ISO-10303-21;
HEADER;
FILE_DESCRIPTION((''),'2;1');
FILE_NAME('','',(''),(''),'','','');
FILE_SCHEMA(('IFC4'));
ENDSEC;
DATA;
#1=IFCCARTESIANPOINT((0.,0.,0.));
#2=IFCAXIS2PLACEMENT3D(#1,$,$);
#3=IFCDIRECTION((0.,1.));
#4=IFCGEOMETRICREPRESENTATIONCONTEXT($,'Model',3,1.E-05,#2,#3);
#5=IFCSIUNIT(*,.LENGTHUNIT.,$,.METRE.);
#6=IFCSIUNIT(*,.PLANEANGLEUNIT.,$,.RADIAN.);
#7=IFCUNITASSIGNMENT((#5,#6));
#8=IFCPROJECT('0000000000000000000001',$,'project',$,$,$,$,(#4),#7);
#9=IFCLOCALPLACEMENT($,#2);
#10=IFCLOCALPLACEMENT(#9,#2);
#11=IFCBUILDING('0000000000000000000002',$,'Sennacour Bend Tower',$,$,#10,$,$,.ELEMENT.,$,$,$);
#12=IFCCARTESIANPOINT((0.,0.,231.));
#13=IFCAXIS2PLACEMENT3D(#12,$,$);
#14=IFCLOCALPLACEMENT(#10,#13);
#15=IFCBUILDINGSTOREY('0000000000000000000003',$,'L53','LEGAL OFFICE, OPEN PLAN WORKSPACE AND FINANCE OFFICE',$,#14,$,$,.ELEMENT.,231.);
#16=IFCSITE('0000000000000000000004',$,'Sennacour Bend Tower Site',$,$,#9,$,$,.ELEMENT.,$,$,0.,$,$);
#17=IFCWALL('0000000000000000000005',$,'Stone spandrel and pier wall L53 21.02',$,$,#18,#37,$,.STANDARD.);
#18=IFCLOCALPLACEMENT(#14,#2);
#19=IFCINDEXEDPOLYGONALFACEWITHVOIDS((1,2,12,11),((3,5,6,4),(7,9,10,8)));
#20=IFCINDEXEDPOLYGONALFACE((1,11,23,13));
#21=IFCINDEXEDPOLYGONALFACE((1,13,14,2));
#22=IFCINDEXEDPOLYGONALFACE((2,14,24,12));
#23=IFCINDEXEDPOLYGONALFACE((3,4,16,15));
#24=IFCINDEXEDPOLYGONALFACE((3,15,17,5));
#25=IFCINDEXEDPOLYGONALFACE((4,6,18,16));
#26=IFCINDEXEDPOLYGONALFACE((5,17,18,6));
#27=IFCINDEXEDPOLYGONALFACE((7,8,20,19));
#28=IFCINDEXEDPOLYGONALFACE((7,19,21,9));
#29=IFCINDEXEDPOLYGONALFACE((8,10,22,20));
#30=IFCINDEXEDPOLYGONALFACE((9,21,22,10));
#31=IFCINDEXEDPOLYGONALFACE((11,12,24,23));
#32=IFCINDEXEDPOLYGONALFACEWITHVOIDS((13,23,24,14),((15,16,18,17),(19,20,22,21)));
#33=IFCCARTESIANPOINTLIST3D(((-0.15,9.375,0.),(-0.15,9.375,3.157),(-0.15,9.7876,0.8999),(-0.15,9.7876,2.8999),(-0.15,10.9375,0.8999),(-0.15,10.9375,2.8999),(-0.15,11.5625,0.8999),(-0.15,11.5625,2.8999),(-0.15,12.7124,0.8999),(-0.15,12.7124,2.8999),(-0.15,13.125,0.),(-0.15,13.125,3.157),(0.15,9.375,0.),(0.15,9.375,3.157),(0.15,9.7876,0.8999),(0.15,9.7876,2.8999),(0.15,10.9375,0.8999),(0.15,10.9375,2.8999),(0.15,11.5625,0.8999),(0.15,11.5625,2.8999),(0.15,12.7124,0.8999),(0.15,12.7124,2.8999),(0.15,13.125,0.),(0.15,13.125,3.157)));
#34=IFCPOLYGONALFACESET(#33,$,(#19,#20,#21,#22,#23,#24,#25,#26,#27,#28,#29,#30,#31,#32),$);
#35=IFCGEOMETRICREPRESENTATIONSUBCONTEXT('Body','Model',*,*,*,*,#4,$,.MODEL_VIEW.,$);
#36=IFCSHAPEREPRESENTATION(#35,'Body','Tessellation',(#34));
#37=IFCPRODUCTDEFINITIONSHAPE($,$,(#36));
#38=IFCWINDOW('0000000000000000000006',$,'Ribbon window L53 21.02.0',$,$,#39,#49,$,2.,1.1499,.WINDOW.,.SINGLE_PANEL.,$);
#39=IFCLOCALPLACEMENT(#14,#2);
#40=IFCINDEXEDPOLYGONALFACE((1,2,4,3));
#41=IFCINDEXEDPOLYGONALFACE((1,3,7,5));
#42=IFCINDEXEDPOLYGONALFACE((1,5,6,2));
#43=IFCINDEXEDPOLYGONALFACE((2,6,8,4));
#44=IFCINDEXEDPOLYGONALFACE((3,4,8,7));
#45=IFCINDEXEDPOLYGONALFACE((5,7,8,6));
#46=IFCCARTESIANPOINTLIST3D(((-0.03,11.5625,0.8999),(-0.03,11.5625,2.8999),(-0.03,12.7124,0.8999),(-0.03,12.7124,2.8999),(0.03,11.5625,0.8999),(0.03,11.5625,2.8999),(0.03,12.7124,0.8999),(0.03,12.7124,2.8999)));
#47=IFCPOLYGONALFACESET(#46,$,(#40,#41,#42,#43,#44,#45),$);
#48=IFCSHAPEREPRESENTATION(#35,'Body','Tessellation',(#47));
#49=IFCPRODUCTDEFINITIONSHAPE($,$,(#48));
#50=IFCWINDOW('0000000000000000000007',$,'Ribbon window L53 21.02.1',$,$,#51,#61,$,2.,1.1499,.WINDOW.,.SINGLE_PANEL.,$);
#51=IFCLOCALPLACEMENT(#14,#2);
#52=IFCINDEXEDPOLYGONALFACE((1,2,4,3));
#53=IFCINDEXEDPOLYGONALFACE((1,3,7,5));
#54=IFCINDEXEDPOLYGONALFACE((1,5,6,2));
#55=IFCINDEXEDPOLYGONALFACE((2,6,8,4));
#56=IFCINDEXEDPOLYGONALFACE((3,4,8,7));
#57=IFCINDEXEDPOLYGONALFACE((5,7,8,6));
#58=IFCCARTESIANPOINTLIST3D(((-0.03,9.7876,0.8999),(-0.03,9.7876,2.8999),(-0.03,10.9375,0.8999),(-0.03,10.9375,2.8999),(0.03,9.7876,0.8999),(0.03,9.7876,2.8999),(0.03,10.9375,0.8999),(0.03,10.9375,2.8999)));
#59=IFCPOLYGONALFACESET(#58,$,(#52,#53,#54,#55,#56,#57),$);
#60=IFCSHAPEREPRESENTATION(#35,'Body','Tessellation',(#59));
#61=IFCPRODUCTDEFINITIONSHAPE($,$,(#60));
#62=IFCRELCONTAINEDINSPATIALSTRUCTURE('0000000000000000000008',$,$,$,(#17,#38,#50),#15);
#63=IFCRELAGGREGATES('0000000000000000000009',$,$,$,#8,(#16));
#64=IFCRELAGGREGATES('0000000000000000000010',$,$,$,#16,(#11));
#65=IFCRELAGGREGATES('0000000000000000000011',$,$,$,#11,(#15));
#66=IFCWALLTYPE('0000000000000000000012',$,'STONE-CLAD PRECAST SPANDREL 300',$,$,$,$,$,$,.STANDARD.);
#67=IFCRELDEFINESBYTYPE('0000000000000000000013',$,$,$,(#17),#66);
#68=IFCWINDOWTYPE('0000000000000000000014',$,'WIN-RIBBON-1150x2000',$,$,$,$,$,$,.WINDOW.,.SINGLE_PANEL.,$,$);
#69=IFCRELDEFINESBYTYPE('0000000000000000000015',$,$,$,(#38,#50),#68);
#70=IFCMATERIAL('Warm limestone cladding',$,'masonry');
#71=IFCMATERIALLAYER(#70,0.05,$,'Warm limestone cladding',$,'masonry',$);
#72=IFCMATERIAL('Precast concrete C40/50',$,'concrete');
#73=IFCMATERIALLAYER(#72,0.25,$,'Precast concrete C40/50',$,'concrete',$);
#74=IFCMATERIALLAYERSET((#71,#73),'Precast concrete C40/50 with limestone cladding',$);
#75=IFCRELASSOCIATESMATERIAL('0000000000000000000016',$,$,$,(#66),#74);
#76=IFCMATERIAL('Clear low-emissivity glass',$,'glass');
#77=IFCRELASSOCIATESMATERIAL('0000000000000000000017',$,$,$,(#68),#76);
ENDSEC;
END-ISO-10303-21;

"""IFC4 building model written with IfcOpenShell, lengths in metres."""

from ifc_helpers import new_model, si_unit, direction, frame, frame_2d, origin, place, context, subcontext, project, spatial, rectangle, extrude, material, layer, layer_set, type_object, element, fill, save


model = new_model("IFC4")

# Units and contexts
model_context = context("Model", 3, precision=1e-05, world=origin(), true_north=direction((0.0, 1.0)))
body_context = subcontext(model_context, "Body", "Model", "MODEL_VIEW")
ifc_project = project(units=[si_unit("LENGTHUNIT", "METRE"), si_unit("PLANEANGLEUNIT", "RADIAN")], contexts=[model_context])

# Site, building, storey
site_placement = place(None, origin())
site = spatial("IfcSite", under=ifc_project, at=site_placement, Name="Sennacour Bend Tower Site", CompositionType="ELEMENT", RefElevation=0.0)
building_placement = place(site_placement, origin())
building = spatial("IfcBuilding", under=site, at=building_placement, Name="Sennacour Bend Tower", CompositionType="ELEMENT")
storey_placement = place(building_placement, frame((0.0, 0.0, 231.0)))
storey = spatial("IfcBuildingStorey", under=building, at=storey_placement, Name="L53", Description="LEGAL OFFICE, OPEN PLAN WORKSPACE AND FINANCE OFFICE", CompositionType="ELEMENT", Elevation=231.0)

# Wall, openings, windows
ifc_material_1 = material(Name="Warm limestone cladding", Category="masonry")
ifc_layer_1 = layer(ifc_material_1, 0.05, Name="Warm limestone cladding", Category="masonry")
ifc_material_2 = material(Name="Precast concrete C40/50", Category="concrete")
ifc_layer_2 = layer(ifc_material_2, 0.25, Name="Precast concrete C40/50", Category="concrete")
ifc_layer_set_1 = layer_set([ifc_layer_1, ifc_layer_2], Name="Precast concrete C40/50 with limestone cladding")
wall_type_1 = type_object("IfcWallType", Name="STONE-CLAD PRECAST SPANDREL 300", PredefinedType="STANDARD", material=ifc_layer_set_1)
ifc_material_3 = material(Name="Clear low-emissivity glass", Category="glass")
window_type = type_object("IfcWindowType", Name="WIN-RIBBON-1150x2000", PartitioningType="SINGLE_PANEL", PredefinedType="WINDOW", material=ifc_material_3)
wall_1_placement = place(storey_placement, frame((0.0, 13.125, 0.0), z_axis=(0.0, 0.0, 1.0), x_axis=(0.0, -1.0, 0.0)))
wall_1 = element("IfcWall", 1, at=wall_1_placement, inside=storey, type_object=wall_type_1, Name="Stone spandrel and pier wall L53 21.02", PredefinedType="STANDARD", context=body_context, shape_type="SweptSolid", body=[
    extrude(rectangle(XDim=3.75, YDim=0.3, at=frame_2d((1.875, 0.0))), origin(), (0.0, 0.0, 1.0), 3.157),
])
opening_1_placement = place(wall_1_placement, frame((0.4126, 0.0, 0.8999)))
opening_1 = element("IfcOpeningElement", 2, at=opening_1_placement, cuts=wall_1, PredefinedType="OPENING", context=body_context, shape_type="SweptSolid", body=[
    extrude(rectangle(XDim=1.1499, YDim=2.0, at=frame_2d((0.575, 1.0))), frame((0.0, 0.1602, 0.0), z_axis=(0.0, -1.0, 0.0), x_axis=(1.0, 0.0, 0.0)), (0.0, 0.0, 1.0), 0.3201),
])
opening_2_placement = place(wall_1_placement, frame((2.1875, 0.0, 0.8999)))
opening_2 = element("IfcOpeningElement", 3, at=opening_2_placement, cuts=wall_1, PredefinedType="OPENING", context=body_context, shape_type="SweptSolid", body=[
    extrude(rectangle(XDim=1.1499, YDim=2.0, at=frame_2d((0.575, 1.0))), frame((0.0, 0.1602, 0.0), z_axis=(0.0, -1.0, 0.0), x_axis=(1.0, 0.0, 0.0)), (0.0, 0.0, 1.0), 0.3201),
])
window_1_placement = place(opening_1_placement, origin())
window_1 = element("IfcWindow", 4, at=window_1_placement, inside=storey, type_object=window_type, Name="Ribbon window L53 21.02.0", OverallHeight=2.0, OverallWidth=1.1499, PartitioningType="SINGLE_PANEL", PredefinedType="WINDOW", context=body_context, shape_type="SweptSolid", body=[
    extrude(rectangle(XDim=1.1499, YDim=2.0, at=frame_2d((0.575, 1.0))), frame((0.0, 0.03, 0.0), z_axis=(0.0, -1.0, 0.0), x_axis=(1.0, 0.0, 0.0)), (0.0, 0.0, 1.0), 0.0601),
])
fill(opening_1, window_1)
window_2_placement = place(opening_2_placement, origin())
window_2 = element("IfcWindow", 5, at=window_2_placement, inside=storey, type_object=window_type, Name="Ribbon window L53 21.02.1", OverallHeight=2.0, OverallWidth=1.1499, PartitioningType="SINGLE_PANEL", PredefinedType="WINDOW", context=body_context, shape_type="SweptSolid", body=[
    extrude(rectangle(XDim=1.1499, YDim=2.0, at=frame_2d((0.575, 1.0))), frame((0.0, 0.03, 0.0), z_axis=(0.0, -1.0, 0.0), x_axis=(1.0, 0.0, 0.0)), (0.0, 0.0, 1.0), 0.0601),
])
fill(opening_2, window_2)

save(model, "model.ifc")
